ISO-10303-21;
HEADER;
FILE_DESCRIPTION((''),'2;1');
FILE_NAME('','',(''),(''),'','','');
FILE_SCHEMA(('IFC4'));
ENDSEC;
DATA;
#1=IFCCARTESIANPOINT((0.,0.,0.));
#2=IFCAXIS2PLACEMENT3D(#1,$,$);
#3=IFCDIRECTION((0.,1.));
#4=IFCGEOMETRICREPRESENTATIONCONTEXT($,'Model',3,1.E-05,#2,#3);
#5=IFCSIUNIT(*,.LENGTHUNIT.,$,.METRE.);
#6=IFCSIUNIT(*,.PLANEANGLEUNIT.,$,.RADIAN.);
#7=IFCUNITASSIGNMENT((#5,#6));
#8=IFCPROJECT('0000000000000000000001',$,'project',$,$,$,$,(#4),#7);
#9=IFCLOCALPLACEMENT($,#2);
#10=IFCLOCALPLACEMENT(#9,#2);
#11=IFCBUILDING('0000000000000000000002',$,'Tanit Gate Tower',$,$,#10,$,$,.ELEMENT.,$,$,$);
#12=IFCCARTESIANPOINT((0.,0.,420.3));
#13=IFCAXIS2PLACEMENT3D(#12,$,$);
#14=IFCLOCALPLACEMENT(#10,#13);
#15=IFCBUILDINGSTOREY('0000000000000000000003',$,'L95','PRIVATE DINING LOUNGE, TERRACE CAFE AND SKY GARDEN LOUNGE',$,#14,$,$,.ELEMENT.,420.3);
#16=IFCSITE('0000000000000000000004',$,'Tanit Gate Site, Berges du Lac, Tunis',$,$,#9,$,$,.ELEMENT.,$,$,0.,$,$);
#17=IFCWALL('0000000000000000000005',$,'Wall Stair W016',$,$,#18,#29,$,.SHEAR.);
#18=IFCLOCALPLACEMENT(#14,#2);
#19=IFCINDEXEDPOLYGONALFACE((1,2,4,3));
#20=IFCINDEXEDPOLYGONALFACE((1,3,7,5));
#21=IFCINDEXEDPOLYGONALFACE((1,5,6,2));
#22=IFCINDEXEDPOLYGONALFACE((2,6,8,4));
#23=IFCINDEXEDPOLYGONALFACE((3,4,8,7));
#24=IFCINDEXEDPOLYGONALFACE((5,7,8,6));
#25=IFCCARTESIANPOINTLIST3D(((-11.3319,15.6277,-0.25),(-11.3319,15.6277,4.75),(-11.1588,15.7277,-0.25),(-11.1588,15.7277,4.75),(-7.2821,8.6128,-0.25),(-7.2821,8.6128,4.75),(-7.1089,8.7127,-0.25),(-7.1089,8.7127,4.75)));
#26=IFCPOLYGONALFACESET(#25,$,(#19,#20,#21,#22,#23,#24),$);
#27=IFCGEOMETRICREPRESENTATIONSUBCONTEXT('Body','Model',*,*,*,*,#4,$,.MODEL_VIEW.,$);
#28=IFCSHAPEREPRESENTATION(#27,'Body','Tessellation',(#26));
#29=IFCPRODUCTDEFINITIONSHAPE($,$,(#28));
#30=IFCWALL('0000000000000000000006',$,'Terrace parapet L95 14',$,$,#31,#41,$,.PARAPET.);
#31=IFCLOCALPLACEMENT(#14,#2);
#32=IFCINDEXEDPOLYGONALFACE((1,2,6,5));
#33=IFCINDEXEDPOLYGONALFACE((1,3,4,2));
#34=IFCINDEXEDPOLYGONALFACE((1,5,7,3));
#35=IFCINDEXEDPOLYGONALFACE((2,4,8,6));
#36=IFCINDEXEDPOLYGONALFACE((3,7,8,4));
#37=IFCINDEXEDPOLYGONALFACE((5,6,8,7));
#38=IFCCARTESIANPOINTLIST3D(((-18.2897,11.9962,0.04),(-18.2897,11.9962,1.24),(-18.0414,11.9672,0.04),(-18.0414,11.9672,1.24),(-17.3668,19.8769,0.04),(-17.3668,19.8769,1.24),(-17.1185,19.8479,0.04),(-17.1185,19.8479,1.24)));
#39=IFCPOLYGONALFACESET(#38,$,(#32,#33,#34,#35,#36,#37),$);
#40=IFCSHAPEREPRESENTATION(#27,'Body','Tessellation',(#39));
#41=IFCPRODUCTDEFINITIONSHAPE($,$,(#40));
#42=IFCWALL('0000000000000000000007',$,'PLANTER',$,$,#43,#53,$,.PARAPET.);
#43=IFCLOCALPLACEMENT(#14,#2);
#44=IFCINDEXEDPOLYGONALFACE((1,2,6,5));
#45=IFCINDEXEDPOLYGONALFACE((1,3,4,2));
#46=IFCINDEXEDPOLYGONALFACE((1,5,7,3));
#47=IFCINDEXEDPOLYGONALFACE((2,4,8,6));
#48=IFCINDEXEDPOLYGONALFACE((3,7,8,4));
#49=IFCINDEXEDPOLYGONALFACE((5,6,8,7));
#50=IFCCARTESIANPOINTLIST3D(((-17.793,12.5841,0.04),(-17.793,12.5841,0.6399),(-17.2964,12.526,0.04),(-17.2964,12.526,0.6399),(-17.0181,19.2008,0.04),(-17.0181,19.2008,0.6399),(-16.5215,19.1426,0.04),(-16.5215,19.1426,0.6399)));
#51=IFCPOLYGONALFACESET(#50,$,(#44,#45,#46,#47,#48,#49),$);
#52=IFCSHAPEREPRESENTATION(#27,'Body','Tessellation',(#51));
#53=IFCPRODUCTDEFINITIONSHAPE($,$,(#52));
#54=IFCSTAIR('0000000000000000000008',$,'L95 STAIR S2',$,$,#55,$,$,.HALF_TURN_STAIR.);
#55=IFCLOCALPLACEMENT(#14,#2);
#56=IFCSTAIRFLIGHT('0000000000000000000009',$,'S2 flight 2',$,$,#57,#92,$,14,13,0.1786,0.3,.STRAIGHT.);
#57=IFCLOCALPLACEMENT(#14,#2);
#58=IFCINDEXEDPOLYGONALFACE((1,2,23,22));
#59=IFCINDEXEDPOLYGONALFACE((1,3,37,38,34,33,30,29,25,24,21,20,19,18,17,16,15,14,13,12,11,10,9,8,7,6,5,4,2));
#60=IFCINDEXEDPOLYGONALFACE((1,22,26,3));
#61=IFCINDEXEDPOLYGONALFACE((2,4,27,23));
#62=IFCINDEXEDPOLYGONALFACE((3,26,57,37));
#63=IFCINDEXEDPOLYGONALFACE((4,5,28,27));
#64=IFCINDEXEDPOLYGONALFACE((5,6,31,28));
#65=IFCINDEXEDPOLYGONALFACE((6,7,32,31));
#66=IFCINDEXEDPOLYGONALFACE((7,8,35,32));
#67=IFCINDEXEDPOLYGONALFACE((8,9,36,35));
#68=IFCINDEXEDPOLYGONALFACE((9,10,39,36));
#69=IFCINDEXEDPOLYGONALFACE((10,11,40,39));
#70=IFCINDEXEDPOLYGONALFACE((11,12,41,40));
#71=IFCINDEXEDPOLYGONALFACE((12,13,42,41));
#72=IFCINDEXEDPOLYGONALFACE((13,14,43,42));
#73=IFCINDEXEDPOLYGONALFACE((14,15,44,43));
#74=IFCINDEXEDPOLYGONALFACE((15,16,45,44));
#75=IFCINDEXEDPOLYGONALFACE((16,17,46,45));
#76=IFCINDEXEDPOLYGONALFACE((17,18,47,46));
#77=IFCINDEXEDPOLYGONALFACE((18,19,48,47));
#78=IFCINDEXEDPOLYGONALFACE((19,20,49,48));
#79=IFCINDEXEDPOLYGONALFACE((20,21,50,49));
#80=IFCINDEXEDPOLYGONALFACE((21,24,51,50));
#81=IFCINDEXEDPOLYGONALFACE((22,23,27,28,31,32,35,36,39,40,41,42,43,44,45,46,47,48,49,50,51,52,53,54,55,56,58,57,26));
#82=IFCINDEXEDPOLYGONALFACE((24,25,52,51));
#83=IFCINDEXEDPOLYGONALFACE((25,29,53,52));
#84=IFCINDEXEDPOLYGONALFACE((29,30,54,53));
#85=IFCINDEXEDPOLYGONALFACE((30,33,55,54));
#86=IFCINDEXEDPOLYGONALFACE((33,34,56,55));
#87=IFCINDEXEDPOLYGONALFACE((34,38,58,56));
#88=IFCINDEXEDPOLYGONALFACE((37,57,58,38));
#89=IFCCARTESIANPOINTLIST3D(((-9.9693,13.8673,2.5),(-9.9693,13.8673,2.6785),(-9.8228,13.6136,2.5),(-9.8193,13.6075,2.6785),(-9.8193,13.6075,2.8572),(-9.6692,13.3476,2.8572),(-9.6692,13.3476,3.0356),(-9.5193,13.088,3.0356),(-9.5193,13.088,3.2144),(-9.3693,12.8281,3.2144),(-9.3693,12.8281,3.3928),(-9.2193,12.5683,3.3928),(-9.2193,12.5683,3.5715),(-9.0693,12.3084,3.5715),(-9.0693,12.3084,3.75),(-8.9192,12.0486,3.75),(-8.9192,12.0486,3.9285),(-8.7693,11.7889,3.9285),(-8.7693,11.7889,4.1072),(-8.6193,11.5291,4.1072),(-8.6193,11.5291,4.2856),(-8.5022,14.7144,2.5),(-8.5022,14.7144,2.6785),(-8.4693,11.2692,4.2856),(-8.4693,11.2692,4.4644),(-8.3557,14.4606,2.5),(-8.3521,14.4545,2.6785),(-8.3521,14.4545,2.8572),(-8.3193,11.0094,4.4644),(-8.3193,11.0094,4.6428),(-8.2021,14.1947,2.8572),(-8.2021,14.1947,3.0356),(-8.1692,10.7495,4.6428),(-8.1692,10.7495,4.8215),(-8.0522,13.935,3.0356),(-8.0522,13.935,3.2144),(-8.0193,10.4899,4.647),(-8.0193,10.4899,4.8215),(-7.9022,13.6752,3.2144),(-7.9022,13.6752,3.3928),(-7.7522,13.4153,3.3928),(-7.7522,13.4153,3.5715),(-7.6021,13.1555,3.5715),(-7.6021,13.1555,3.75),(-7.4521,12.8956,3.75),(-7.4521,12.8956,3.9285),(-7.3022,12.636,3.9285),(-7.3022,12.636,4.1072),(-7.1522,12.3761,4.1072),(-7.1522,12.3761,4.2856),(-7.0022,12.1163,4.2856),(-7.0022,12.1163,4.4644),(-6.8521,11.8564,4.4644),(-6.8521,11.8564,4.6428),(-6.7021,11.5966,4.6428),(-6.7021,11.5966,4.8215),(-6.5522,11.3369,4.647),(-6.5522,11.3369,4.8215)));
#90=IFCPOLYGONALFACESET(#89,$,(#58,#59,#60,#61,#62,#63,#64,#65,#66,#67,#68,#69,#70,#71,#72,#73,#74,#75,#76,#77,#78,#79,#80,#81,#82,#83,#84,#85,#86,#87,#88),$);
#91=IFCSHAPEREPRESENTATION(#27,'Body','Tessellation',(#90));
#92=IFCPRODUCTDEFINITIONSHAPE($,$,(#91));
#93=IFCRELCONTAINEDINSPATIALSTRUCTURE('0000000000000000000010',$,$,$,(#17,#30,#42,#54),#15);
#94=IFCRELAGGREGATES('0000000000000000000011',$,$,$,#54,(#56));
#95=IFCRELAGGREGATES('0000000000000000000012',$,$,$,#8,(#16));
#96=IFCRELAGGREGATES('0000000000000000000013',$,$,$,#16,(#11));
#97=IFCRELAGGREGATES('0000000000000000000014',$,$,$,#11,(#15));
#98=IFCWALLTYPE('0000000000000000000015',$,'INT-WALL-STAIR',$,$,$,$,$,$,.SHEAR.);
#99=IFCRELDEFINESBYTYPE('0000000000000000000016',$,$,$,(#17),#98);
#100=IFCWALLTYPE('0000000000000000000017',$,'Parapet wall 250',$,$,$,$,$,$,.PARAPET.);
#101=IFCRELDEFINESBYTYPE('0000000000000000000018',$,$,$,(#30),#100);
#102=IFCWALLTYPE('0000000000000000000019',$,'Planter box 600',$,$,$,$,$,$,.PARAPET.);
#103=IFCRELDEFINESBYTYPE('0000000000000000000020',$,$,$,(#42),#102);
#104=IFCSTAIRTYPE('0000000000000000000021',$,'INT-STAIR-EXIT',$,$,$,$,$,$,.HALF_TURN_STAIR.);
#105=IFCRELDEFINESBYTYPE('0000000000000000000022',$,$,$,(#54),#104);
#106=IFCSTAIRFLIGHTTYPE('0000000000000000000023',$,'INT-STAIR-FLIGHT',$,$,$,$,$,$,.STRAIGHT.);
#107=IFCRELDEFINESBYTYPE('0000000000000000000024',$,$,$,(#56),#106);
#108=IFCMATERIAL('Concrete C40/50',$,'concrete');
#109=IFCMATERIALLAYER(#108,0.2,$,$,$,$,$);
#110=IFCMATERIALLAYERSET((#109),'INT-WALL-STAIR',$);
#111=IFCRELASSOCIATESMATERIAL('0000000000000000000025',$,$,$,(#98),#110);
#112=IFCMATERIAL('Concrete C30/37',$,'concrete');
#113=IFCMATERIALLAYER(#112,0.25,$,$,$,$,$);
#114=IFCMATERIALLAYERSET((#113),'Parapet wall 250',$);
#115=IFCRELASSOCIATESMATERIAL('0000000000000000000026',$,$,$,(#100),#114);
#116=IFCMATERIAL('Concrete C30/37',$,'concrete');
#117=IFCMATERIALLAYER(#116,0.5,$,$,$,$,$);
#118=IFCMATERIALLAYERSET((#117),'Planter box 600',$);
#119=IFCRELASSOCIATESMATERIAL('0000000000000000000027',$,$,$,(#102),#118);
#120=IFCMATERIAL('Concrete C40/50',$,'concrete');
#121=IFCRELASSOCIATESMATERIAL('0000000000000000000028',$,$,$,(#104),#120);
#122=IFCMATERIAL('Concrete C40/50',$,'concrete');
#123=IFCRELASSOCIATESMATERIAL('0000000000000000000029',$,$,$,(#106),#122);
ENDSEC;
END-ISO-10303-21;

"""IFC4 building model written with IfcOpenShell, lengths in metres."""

from ifc_helpers import new_model, si_unit, direction, frame, frame_2d, origin, place, context, subcontext, project, spatial, polyline, rectangle, outline, extrude, material, layer, layer_set, type_object, element, aggregate, save


model = new_model("IFC4")

# Units and contexts
model_context = context("Model", 3, precision=1e-05, world=origin(), true_north=direction((0.0, 1.0)))
body_context = subcontext(model_context, "Body", "Model", "MODEL_VIEW")
ifc_project = project(units=[si_unit("LENGTHUNIT", "METRE"), si_unit("PLANEANGLEUNIT", "RADIAN")], contexts=[model_context])

# Site, building, storey
site_placement = place(None, origin())
site = spatial("IfcSite", under=ifc_project, at=site_placement, Name="Tanit Gate Site, Berges du Lac, Tunis", CompositionType="ELEMENT", RefElevation=0.0)
building_placement = place(site_placement, origin())
building = spatial("IfcBuilding", under=site, at=building_placement, Name="Tanit Gate Tower", CompositionType="ELEMENT")
storey_placement = place(building_placement, frame((0.0, 0.0, 420.3)))
storey = spatial("IfcBuildingStorey", under=building, at=storey_placement, Name="L95", Description="PRIVATE DINING LOUNGE, TERRACE CAFE AND SKY GARDEN LOUNGE", CompositionType="ELEMENT", Elevation=420.3)

# Walls
ifc_material_1 = material(Name="Concrete C40/50", Category="concrete")
ifc_layer_1 = layer(ifc_material_1, 0.2)
ifc_layer_set_1 = layer_set([ifc_layer_1], Name="INT-WALL-STAIR")
wall_type_1 = type_object("IfcWallType", Name="INT-WALL-STAIR", PredefinedType="SHEAR", material=ifc_layer_set_1)
wall_1_placement = place(storey_placement, frame((-11.2454, 15.6777, -0.25), z_axis=(0.0, 0.0, 1.0), x_axis=(0.499977, -0.866039, 0.0)))
element("IfcWall", 1, at=wall_1_placement, inside=storey, type_object=wall_type_1, Name="Wall Stair W016", PredefinedType="SHEAR", context=body_context, shape_type="SweptSolid", body=[
    extrude(rectangle(XDim=8.1001, YDim=0.2, at=frame_2d((4.05, 0.0))), origin(), (0.0, 0.0, 1.0), 5.0),
])
ifc_material_2 = material(Name="Concrete C30/37", Category="concrete")
ifc_layer_2 = layer(ifc_material_2, 0.25)
ifc_layer_set_2 = layer_set([ifc_layer_2], Name="Parapet wall 250")
wall_type_2 = type_object("IfcWallType", Name="Parapet wall 250", PredefinedType="PARAPET", material=ifc_layer_set_2)
wall_2_placement = place(storey_placement, frame((-18.1655, 11.9817, 0.04), z_axis=(0.0, 0.0, 1.0), x_axis=(0.116309, 0.993213, 0.0)))
element("IfcWall", 2, at=wall_2_placement, inside=storey, type_object=wall_type_2, Name="Terrace parapet L95 14", PredefinedType="PARAPET", context=body_context, shape_type="SweptSolid", body=[
    extrude(rectangle(XDim=7.9346, YDim=0.25, at=frame_2d((3.9673, 0.0))), origin(), (0.0, 0.0, 1.0), 1.2),
])
ifc_material_3 = material(Name="Concrete C30/37", Category="concrete")
ifc_layer_3 = layer(ifc_material_3, 0.5)
ifc_layer_set_3 = layer_set([ifc_layer_3], Name="Planter box 600")
wall_type_3 = type_object("IfcWallType", Name="Planter box 600", PredefinedType="PARAPET", material=ifc_layer_set_3)
wall_3_placement = place(storey_placement, frame((-17.5447, 12.5549, 0.04), z_axis=(0.0, 0.0, 1.0), x_axis=(0.116318, 0.993212, 0.0)))
element("IfcWall", 3, at=wall_3_placement, inside=storey, type_object=wall_type_3, Name="PLANTER", PredefinedType="PARAPET", context=body_context, shape_type="SweptSolid", body=[
    extrude(rectangle(XDim=6.6619, YDim=0.5, at=frame_2d((3.3311, 0.0))), origin(), (0.0, 0.0, 1.0), 0.5999),
])

# Stair, stair flight
ifc_material_4 = material(Name="Concrete C40/50", Category="concrete")
stair_type = type_object("IfcStairType", Name="INT-STAIR-EXIT", PredefinedType="HALF_TURN_STAIR", material=ifc_material_4)
stair_placement = place(storey_placement, origin())
stair = element("IfcStair", 4, at=stair_placement, inside=storey, type_object=stair_type, Name="L95 STAIR S2", PredefinedType="HALF_TURN_STAIR")
ifc_material_5 = material(Name="Concrete C40/50", Category="concrete")
stair_flight_type = type_object("IfcStairFlightType", Name="INT-STAIR-FLIGHT", PredefinedType="STRAIGHT", material=ifc_material_5)
stair_flight_placement = place(storey_placement, frame((-9.2358, 14.2908, 2.5), z_axis=(0.0, 0.0, 1.0), x_axis=(0.5, -0.866025, 0.0)))
stair_flight = element("IfcStairFlight", 5, at=stair_flight_placement, type_object=stair_flight_type, Name="S2 flight 2", NumberOfRisers=14, NumberOfTreads=13, PredefinedType="STRAIGHT", RiserHeight=0.1786, TreadLength=0.3, context=body_context, shape_type="SweptSolid", body=[
    extrude(outline(polyline([(0.0, 0.0), (0.0, 0.1785), (0.3, 0.1785), (0.3, 0.3572), (0.6001, 0.3572), (0.6001, 0.5356), (0.8999, 0.5356), (0.8999, 0.7144), (1.2, 0.7144), (1.2, 0.8928), (1.5, 0.8928), (1.5, 1.0715), (1.8, 1.0715), (1.8, 1.25), (2.1001, 1.25), (2.1001, 1.4285), (2.3999, 1.4285), (2.3999, 1.6072), (2.7, 1.6072), (2.7, 1.7856), (3.0, 1.7856), (3.0, 1.9644), (3.3, 1.9644), (3.3, 2.1428), (3.6001, 2.1428), (3.6001, 2.3215), (3.8999, 2.3215), (3.8999, 2.5), (3.8999, 2.147), (0.293, 0.0), (0.0, 0.0)])), frame((0.0, 0.8472, 0.0), z_axis=(0.0, -1.0, 0.0), x_axis=(1.0, 0.0, 0.0)), (0.0, 0.0, 1.0), 1.6941),
])
aggregate(stair, [stair_flight])

save(model, "model.ifc")
